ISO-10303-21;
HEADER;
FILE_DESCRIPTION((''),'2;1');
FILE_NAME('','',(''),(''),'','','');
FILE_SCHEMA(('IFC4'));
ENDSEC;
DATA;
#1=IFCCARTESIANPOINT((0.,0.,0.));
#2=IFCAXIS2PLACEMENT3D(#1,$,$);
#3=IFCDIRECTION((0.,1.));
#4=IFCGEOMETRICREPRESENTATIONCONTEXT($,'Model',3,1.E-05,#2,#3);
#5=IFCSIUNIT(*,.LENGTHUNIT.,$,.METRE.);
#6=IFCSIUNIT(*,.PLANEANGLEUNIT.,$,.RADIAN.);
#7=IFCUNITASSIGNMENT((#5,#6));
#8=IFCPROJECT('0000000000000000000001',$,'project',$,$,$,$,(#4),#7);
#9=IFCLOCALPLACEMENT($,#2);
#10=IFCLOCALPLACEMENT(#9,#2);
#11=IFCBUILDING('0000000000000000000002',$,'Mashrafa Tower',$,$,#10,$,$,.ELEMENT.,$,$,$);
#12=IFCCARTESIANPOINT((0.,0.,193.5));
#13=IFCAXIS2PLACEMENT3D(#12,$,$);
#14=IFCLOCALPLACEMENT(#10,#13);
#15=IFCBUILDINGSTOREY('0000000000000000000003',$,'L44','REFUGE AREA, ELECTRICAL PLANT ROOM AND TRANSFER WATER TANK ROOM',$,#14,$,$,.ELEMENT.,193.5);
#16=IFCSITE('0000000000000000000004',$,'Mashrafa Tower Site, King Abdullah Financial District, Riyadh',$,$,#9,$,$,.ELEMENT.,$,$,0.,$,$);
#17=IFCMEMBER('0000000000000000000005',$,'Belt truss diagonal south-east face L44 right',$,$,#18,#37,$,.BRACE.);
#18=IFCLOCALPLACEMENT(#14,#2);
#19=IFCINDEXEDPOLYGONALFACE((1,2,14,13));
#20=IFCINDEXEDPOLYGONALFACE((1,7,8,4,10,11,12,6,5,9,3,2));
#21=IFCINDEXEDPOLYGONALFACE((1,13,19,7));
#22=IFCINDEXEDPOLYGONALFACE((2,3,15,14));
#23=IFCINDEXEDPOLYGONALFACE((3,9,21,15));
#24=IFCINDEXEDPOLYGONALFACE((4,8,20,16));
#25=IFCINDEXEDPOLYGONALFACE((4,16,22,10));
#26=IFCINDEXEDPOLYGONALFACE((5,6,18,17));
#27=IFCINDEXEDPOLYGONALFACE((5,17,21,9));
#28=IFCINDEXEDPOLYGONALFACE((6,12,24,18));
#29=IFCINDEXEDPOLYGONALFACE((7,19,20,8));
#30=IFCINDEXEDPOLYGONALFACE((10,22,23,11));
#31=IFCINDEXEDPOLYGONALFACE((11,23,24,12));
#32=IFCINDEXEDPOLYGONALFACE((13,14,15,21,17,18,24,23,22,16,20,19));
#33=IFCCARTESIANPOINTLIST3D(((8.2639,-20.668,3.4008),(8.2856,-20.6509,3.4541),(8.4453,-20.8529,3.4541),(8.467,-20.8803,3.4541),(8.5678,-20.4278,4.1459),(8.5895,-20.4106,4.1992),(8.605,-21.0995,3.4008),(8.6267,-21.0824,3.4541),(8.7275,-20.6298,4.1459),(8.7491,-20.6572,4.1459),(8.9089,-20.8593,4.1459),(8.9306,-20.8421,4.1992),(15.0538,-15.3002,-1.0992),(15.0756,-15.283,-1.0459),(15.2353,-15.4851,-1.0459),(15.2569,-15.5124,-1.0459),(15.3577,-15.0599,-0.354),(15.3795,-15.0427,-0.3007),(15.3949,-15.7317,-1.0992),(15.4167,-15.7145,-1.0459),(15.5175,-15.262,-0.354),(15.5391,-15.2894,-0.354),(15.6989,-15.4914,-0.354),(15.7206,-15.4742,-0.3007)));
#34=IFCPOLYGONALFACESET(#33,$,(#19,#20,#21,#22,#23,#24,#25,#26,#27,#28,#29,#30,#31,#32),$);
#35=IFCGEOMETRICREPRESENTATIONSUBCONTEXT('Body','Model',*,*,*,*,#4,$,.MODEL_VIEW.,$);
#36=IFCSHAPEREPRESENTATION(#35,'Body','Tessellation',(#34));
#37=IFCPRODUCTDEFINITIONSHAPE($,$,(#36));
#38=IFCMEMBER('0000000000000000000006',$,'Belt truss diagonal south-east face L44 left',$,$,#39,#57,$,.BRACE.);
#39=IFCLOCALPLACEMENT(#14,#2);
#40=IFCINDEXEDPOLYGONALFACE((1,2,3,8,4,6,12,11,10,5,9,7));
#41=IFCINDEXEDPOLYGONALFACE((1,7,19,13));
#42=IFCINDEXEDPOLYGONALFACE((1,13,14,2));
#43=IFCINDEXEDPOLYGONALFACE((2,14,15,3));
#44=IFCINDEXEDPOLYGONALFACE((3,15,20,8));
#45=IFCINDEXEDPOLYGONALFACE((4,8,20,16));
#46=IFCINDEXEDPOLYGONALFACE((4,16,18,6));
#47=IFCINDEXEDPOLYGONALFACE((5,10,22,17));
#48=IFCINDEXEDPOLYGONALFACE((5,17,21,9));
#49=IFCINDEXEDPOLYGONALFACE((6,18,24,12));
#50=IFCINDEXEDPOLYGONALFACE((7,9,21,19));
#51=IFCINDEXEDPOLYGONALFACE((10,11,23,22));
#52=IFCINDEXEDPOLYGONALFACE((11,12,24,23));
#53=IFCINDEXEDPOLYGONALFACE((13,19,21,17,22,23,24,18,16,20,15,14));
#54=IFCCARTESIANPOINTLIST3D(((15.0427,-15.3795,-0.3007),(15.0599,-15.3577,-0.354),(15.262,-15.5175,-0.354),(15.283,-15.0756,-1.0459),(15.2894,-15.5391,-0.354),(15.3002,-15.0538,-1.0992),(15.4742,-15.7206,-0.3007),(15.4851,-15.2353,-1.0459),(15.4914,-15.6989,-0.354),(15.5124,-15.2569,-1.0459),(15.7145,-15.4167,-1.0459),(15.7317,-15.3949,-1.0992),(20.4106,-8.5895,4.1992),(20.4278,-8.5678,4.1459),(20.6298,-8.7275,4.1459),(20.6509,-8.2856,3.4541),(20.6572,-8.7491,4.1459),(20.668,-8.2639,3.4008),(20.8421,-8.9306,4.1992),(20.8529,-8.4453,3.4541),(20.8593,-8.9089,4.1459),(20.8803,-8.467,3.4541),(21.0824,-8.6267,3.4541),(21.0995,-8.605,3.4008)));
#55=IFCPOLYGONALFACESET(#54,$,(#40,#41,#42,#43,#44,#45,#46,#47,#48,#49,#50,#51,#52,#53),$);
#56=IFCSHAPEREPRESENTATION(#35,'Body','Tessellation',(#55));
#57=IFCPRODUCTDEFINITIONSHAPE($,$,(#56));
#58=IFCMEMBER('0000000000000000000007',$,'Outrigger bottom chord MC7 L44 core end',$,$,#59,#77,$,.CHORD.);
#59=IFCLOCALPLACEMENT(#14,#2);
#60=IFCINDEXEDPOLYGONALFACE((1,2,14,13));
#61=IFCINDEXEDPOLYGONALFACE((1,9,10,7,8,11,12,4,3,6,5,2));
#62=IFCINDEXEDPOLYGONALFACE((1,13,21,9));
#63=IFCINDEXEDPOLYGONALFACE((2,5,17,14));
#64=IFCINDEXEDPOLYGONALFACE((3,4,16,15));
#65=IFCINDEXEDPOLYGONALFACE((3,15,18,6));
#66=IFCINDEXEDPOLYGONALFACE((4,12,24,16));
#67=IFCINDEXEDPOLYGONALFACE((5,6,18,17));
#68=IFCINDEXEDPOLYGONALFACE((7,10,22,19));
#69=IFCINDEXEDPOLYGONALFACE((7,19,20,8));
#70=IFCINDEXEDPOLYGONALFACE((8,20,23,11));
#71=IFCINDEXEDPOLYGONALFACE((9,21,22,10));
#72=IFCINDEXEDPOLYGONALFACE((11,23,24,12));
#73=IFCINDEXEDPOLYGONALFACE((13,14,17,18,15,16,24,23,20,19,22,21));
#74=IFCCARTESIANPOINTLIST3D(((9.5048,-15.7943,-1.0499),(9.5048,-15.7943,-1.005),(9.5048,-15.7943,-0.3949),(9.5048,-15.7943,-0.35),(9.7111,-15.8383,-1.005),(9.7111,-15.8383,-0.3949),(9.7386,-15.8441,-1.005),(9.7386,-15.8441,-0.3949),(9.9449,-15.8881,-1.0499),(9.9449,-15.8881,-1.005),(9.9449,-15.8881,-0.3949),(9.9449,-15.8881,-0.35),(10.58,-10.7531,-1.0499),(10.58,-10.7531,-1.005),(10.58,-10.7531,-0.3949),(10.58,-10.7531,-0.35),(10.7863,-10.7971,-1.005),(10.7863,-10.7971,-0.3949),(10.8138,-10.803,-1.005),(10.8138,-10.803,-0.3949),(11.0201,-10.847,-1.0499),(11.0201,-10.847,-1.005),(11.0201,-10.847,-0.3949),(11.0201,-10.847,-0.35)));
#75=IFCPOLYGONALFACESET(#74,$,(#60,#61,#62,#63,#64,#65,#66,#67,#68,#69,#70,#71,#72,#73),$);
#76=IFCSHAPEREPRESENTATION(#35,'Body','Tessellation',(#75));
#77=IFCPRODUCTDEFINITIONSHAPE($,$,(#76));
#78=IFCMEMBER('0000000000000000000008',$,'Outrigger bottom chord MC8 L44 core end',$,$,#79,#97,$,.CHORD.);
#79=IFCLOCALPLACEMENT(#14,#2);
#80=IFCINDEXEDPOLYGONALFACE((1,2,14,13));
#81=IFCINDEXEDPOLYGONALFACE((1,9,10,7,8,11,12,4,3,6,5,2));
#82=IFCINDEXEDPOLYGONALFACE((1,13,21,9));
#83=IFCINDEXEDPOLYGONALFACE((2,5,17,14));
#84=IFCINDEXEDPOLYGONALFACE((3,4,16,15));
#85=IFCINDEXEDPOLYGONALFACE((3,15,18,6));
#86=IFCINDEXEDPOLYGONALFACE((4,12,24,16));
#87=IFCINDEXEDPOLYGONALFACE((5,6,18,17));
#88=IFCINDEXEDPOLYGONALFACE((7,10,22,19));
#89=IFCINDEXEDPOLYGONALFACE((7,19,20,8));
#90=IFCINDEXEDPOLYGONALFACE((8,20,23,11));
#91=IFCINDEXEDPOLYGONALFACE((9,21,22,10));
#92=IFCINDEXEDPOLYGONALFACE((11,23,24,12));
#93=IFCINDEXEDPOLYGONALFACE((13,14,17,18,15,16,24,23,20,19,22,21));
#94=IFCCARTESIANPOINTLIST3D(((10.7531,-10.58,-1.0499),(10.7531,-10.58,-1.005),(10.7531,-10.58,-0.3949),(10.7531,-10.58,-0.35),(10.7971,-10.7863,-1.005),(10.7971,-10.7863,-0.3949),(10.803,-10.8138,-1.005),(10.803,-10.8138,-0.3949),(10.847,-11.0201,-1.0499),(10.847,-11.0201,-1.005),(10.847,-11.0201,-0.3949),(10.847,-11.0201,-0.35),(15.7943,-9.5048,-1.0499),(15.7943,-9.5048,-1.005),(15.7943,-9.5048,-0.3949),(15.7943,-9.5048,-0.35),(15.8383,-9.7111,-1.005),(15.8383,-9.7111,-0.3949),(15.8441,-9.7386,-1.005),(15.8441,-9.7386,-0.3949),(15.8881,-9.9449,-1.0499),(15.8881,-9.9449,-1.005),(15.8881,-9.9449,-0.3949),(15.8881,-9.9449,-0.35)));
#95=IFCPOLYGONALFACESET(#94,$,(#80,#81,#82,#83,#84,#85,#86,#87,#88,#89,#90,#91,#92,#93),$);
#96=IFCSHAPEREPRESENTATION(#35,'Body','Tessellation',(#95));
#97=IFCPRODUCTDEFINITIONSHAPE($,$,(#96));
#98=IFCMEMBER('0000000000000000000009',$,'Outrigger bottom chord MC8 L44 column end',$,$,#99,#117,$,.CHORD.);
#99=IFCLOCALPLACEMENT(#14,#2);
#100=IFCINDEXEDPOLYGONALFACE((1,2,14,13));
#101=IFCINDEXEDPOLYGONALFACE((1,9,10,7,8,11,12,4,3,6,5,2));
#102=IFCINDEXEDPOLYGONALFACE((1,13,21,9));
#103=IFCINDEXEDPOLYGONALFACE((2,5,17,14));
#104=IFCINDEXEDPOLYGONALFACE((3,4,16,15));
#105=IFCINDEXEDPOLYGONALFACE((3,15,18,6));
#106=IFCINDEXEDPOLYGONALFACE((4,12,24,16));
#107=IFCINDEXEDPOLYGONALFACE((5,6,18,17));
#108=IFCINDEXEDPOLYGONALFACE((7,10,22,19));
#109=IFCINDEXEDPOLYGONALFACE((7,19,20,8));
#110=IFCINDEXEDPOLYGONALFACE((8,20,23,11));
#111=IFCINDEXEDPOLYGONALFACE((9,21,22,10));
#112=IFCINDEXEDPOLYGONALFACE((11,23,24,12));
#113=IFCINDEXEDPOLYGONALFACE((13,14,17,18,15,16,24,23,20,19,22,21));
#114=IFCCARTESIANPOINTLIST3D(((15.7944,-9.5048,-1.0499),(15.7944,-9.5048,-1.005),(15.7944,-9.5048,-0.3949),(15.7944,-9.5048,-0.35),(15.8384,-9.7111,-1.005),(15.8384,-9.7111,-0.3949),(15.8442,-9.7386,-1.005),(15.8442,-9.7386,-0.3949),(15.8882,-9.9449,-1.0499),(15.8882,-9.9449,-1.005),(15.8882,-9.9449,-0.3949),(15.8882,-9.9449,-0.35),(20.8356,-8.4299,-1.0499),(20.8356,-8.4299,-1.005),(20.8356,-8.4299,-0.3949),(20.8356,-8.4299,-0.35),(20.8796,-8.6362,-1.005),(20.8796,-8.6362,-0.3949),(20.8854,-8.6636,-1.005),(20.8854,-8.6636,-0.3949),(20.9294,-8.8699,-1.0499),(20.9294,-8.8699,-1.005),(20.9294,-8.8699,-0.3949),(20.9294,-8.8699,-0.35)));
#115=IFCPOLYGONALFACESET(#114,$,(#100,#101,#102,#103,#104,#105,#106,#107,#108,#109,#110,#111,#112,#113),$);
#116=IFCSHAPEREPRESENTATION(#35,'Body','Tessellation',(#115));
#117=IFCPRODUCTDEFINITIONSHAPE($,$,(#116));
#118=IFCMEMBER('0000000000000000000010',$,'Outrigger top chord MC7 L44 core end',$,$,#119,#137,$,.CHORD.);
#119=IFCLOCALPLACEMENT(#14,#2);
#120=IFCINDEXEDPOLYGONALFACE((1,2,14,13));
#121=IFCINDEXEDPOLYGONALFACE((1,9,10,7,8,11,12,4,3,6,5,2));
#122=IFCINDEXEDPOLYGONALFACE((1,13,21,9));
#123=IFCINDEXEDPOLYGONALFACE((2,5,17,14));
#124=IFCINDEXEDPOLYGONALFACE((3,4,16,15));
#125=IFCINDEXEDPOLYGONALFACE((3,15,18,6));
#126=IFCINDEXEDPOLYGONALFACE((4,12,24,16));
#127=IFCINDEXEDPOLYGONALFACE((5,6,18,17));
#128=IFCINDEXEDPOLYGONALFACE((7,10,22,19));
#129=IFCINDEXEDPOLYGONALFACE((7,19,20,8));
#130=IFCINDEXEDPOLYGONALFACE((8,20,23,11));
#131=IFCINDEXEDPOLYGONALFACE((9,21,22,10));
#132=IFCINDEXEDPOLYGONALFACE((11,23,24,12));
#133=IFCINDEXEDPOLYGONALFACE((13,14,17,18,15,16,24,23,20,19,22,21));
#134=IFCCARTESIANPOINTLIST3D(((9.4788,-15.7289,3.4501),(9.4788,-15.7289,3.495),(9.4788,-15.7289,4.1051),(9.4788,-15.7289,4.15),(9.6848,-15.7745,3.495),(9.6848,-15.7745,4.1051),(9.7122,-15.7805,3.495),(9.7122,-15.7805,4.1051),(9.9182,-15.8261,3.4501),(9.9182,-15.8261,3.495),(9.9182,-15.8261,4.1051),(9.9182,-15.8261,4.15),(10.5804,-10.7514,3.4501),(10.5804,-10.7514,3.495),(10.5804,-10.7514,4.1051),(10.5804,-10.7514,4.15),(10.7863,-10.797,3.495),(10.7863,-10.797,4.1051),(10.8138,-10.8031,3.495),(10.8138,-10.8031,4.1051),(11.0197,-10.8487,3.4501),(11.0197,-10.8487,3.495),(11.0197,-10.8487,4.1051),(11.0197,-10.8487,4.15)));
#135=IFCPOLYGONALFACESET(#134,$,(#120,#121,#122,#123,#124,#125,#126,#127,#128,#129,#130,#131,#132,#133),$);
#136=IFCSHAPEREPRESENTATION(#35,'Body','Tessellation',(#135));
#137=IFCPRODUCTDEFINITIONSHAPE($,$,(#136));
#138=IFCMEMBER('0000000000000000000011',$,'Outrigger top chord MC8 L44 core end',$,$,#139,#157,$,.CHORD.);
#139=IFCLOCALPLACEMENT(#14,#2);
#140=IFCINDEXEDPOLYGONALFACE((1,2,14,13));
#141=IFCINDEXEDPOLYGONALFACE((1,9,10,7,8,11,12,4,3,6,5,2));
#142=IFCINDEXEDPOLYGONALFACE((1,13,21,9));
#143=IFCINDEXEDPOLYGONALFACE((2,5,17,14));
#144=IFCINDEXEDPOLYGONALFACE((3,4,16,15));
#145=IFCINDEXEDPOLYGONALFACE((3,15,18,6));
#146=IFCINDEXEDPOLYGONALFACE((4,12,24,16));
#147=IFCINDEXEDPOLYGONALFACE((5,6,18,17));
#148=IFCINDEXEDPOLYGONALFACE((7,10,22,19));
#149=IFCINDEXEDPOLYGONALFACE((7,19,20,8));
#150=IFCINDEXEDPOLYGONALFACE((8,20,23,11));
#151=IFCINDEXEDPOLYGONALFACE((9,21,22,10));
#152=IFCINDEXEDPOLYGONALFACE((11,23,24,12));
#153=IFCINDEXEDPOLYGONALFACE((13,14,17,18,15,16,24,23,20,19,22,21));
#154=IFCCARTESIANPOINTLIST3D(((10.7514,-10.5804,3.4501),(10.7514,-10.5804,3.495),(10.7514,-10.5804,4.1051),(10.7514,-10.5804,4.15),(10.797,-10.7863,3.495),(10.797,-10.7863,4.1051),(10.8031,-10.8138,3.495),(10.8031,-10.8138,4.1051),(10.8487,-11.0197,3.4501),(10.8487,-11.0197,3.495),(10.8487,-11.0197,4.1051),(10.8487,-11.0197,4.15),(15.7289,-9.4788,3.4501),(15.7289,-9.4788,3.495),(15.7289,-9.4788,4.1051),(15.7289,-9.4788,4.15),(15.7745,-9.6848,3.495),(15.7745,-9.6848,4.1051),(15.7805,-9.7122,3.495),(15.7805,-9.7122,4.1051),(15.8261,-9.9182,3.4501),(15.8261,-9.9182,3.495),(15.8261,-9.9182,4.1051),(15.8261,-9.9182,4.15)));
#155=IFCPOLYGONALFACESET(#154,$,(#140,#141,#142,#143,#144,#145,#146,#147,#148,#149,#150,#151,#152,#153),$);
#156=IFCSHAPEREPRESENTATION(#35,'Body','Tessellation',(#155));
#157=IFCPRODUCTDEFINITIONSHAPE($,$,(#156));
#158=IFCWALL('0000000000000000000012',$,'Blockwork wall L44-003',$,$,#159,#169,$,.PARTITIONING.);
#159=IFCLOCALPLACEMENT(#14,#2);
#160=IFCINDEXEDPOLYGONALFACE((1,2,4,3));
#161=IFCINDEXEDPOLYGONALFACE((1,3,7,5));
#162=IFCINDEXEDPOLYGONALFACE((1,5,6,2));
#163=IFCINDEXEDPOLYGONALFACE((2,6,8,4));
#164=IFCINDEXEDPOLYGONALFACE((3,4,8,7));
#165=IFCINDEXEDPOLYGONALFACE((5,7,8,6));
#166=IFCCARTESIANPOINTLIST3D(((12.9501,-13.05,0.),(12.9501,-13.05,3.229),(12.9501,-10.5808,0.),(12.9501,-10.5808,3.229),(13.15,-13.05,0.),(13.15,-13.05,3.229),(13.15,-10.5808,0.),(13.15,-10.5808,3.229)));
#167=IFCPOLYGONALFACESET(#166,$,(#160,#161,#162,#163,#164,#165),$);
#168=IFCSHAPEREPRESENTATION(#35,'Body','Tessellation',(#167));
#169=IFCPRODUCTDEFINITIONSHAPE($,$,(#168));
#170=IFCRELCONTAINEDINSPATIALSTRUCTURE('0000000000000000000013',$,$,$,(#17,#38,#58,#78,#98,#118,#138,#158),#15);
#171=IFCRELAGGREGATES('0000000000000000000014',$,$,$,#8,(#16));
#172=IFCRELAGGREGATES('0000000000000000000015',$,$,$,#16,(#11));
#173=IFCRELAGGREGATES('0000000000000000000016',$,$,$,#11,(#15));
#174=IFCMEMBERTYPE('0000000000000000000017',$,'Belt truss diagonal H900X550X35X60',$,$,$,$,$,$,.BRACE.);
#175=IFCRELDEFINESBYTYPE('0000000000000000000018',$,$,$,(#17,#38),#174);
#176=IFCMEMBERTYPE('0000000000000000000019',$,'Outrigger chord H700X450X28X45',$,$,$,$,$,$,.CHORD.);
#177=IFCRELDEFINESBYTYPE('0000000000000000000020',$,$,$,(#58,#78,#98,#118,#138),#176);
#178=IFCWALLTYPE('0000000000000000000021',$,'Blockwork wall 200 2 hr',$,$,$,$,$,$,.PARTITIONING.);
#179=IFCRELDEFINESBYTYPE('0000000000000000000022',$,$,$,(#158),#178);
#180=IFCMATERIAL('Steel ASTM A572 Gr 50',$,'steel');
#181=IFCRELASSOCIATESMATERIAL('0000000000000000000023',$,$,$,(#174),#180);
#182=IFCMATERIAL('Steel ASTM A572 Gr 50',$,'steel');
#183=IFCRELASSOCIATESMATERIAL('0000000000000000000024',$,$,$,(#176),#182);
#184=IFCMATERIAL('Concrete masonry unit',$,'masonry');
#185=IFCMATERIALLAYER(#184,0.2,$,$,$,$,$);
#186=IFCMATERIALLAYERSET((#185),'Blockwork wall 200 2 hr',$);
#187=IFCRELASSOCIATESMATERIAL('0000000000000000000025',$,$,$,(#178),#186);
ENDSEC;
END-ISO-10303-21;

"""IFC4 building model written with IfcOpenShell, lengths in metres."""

from ifc_helpers import new_model, si_unit, direction, frame, frame_2d, origin, origin_2d, place, context, subcontext, project, spatial, rectangle, i_section, extrude, source, transform, mapped, material, layer, layer_set, material_profile, profile_set, type_object, type_shapes, element, save


model = new_model("IFC4")

# Units and contexts
model_context = context("Model", 3, precision=1e-05, world=origin(), true_north=direction((0.0, 1.0)))
body_context = subcontext(model_context, "Body", "Model", "MODEL_VIEW")
ifc_project = project(units=[si_unit("LENGTHUNIT", "METRE"), si_unit("PLANEANGLEUNIT", "RADIAN")], contexts=[model_context])

# Site, building, storey
site_placement = place(None, origin())
site = spatial("IfcSite", under=ifc_project, at=site_placement, Name="Mashrafa Tower Site, King Abdullah Financial District, Riyadh", CompositionType="ELEMENT", RefElevation=0.0)
building_placement = place(site_placement, origin())
building = spatial("IfcBuilding", under=site, at=building_placement, Name="Mashrafa Tower", CompositionType="ELEMENT")
storey_placement = place(building_placement, frame((0.0, 0.0, 193.5)))
storey = spatial("IfcBuildingStorey", under=building, at=storey_placement, Name="L44", Description="REFUGE AREA, ELECTRICAL PLANT ROOM AND TRANSFER WATER TANK ROOM", CompositionType="ELEMENT", Elevation=193.5)

# Members
ifc_material_1 = material(Name="Steel ASTM A572 Gr 50", Category="steel")
ifc_material_profile_1 = material_profile(ifc_material_1, i_section(OverallWidth=0.55, OverallDepth=0.8999, WebThickness=0.0349, FlangeThickness=0.0601, at=origin_2d()), Name="H900X550X35X60")
ifc_profile_set_1 = profile_set([ifc_material_profile_1], Name="Steel ASTM A572 Gr 50")
member_type_1 = type_object("IfcMemberType", Name="Belt truss diagonal H900X550X35X60", PredefinedType="BRACE", material=ifc_profile_set_1)
shared_shape_1 = source(origin(), body_context, "Body", "SweptSolid", [
    extrude(i_section(OverallWidth=0.55, OverallDepth=0.8999, WebThickness=0.0349, FlangeThickness=0.0601, at=origin_2d()), origin(), (0.0, 0.0, 1.0), 9.7554),
])
type_shapes(member_type_1, [shared_shape_1])
for number, where, z_axis, x_axis, name in (
    (1, (15.3872, -15.3872, -0.7), (-0.696024, -0.550247, 0.46128), (0.620168, -0.784469, 0.0), "Belt truss diagonal south-east face L44 right"),
    (2, (15.3872, -15.3872, -0.7), (0.550247, 0.696024, 0.46128), (-0.784469, 0.620168, 0.0), "Belt truss diagonal south-east face L44 left"),
):
    element("IfcMember", number, at=place(storey_placement, frame(where, z_axis=z_axis, x_axis=x_axis)), inside=storey, type_object=member_type_1, Name=name, PredefinedType="BRACE", context=body_context, shape_type="MappedRepresentation", body=[
        mapped(shared_shape_1, transform((0.0, 0.0, 0.0))),
    ])
ifc_material_2 = material(Name="Steel ASTM A572 Gr 50", Category="steel")
ifc_material_profile_2 = material_profile(ifc_material_2, i_section(OverallWidth=0.45, OverallDepth=0.7, WebThickness=0.0281, FlangeThickness=0.0449, at=origin_2d()), Name="H700X450X28X45")
ifc_profile_set_2 = profile_set([ifc_material_profile_2], Name="Steel ASTM A572 Gr 50")
member_type_2 = type_object("IfcMemberType", Name="Outrigger chord H700X450X28X45", PredefinedType="CHORD", material=ifc_profile_set_2)
shared_shape_2 = source(origin(), body_context, "Body", "SweptSolid", [
    extrude(i_section(OverallWidth=0.45, OverallDepth=0.7, WebThickness=0.0281, FlangeThickness=0.0449, at=origin_2d()), origin(), (0.0, 0.0, 1.0), 5.1545),
])
for number, where, z_axis, x_axis, name in (
    (3, (10.8, -10.8, -0.7), (-0.208588, -0.978004, 0.0), (0.978004, -0.208588, 0.0), "Outrigger bottom chord MC7 L44 core end"),
    (4, (10.8, -10.8, -0.7), (0.978004, 0.208588, 0.0), (-0.208588, 0.978004, 0.0), "Outrigger bottom chord MC8 L44 core end"),
    (5, (15.8413, -9.7249, -0.7), (0.978013, 0.208542, 0.0), (-0.208542, 0.978013, 0.0), "Outrigger bottom chord MC8 L44 column end"),
):
    element("IfcMember", number, at=place(storey_placement, frame(where, z_axis=z_axis, x_axis=x_axis)), inside=storey, type_object=member_type_2, Name=name, PredefinedType="CHORD", context=body_context, shape_type="MappedRepresentation", body=[
        mapped(shared_shape_2, transform((0.0, 0.0, 0.0))),
    ])
shared_shape_3 = source(origin(), body_context, "Body", "SweptSolid", [
    extrude(i_section(OverallWidth=0.45, OverallDepth=0.7, WebThickness=0.0281, FlangeThickness=0.0449, at=origin_2d()), origin(), (0.0, 0.0, 1.0), 5.0979),
])
type_shapes(member_type_2, [shared_shape_2, shared_shape_3])
for number, where, z_axis, x_axis, name in (
    (6, (10.8, -10.8, 3.8), (-0.216079, -0.976376, 0.0), (0.976376, -0.216079, 0.0), "Outrigger top chord MC7 L44 core end"),
    (7, (10.8, -10.8, 3.8), (0.976376, 0.216079, 0.0), (-0.216079, 0.976376, 0.0), "Outrigger top chord MC8 L44 core end"),
):
    element("IfcMember", number, at=place(storey_placement, frame(where, z_axis=z_axis, x_axis=x_axis)), inside=storey, type_object=member_type_2, Name=name, PredefinedType="CHORD", context=body_context, shape_type="MappedRepresentation", body=[
        mapped(shared_shape_3, transform((0.0, 0.0, 0.0))),
    ])

# Wall
ifc_material_3 = material(Name="Concrete masonry unit", Category="masonry")
ifc_layer_1 = layer(ifc_material_3, 0.2)
ifc_layer_set_1 = layer_set([ifc_layer_1], Name="Blockwork wall 200 2 hr")
wall_type = type_object("IfcWallType", Name="Blockwork wall 200 2 hr", PredefinedType="PARTITIONING", material=ifc_layer_set_1)
wall_1_placement = place(storey_placement, frame((13.05, -13.05, 0.0), z_axis=(0.0, 0.0, 1.0), x_axis=(0.0, 1.0, 0.0)))
element("IfcWall", 8, at=wall_1_placement, inside=storey, type_object=wall_type, Name="Blockwork wall L44-003", PredefinedType="PARTITIONING", context=body_context, shape_type="SweptSolid", body=[
    extrude(rectangle(XDim=2.4692, YDim=0.2, at=frame_2d((1.2346, 0.0))), origin(), (0.0, 0.0, 1.0), 3.229),
])

save(model, "model.ifc")
